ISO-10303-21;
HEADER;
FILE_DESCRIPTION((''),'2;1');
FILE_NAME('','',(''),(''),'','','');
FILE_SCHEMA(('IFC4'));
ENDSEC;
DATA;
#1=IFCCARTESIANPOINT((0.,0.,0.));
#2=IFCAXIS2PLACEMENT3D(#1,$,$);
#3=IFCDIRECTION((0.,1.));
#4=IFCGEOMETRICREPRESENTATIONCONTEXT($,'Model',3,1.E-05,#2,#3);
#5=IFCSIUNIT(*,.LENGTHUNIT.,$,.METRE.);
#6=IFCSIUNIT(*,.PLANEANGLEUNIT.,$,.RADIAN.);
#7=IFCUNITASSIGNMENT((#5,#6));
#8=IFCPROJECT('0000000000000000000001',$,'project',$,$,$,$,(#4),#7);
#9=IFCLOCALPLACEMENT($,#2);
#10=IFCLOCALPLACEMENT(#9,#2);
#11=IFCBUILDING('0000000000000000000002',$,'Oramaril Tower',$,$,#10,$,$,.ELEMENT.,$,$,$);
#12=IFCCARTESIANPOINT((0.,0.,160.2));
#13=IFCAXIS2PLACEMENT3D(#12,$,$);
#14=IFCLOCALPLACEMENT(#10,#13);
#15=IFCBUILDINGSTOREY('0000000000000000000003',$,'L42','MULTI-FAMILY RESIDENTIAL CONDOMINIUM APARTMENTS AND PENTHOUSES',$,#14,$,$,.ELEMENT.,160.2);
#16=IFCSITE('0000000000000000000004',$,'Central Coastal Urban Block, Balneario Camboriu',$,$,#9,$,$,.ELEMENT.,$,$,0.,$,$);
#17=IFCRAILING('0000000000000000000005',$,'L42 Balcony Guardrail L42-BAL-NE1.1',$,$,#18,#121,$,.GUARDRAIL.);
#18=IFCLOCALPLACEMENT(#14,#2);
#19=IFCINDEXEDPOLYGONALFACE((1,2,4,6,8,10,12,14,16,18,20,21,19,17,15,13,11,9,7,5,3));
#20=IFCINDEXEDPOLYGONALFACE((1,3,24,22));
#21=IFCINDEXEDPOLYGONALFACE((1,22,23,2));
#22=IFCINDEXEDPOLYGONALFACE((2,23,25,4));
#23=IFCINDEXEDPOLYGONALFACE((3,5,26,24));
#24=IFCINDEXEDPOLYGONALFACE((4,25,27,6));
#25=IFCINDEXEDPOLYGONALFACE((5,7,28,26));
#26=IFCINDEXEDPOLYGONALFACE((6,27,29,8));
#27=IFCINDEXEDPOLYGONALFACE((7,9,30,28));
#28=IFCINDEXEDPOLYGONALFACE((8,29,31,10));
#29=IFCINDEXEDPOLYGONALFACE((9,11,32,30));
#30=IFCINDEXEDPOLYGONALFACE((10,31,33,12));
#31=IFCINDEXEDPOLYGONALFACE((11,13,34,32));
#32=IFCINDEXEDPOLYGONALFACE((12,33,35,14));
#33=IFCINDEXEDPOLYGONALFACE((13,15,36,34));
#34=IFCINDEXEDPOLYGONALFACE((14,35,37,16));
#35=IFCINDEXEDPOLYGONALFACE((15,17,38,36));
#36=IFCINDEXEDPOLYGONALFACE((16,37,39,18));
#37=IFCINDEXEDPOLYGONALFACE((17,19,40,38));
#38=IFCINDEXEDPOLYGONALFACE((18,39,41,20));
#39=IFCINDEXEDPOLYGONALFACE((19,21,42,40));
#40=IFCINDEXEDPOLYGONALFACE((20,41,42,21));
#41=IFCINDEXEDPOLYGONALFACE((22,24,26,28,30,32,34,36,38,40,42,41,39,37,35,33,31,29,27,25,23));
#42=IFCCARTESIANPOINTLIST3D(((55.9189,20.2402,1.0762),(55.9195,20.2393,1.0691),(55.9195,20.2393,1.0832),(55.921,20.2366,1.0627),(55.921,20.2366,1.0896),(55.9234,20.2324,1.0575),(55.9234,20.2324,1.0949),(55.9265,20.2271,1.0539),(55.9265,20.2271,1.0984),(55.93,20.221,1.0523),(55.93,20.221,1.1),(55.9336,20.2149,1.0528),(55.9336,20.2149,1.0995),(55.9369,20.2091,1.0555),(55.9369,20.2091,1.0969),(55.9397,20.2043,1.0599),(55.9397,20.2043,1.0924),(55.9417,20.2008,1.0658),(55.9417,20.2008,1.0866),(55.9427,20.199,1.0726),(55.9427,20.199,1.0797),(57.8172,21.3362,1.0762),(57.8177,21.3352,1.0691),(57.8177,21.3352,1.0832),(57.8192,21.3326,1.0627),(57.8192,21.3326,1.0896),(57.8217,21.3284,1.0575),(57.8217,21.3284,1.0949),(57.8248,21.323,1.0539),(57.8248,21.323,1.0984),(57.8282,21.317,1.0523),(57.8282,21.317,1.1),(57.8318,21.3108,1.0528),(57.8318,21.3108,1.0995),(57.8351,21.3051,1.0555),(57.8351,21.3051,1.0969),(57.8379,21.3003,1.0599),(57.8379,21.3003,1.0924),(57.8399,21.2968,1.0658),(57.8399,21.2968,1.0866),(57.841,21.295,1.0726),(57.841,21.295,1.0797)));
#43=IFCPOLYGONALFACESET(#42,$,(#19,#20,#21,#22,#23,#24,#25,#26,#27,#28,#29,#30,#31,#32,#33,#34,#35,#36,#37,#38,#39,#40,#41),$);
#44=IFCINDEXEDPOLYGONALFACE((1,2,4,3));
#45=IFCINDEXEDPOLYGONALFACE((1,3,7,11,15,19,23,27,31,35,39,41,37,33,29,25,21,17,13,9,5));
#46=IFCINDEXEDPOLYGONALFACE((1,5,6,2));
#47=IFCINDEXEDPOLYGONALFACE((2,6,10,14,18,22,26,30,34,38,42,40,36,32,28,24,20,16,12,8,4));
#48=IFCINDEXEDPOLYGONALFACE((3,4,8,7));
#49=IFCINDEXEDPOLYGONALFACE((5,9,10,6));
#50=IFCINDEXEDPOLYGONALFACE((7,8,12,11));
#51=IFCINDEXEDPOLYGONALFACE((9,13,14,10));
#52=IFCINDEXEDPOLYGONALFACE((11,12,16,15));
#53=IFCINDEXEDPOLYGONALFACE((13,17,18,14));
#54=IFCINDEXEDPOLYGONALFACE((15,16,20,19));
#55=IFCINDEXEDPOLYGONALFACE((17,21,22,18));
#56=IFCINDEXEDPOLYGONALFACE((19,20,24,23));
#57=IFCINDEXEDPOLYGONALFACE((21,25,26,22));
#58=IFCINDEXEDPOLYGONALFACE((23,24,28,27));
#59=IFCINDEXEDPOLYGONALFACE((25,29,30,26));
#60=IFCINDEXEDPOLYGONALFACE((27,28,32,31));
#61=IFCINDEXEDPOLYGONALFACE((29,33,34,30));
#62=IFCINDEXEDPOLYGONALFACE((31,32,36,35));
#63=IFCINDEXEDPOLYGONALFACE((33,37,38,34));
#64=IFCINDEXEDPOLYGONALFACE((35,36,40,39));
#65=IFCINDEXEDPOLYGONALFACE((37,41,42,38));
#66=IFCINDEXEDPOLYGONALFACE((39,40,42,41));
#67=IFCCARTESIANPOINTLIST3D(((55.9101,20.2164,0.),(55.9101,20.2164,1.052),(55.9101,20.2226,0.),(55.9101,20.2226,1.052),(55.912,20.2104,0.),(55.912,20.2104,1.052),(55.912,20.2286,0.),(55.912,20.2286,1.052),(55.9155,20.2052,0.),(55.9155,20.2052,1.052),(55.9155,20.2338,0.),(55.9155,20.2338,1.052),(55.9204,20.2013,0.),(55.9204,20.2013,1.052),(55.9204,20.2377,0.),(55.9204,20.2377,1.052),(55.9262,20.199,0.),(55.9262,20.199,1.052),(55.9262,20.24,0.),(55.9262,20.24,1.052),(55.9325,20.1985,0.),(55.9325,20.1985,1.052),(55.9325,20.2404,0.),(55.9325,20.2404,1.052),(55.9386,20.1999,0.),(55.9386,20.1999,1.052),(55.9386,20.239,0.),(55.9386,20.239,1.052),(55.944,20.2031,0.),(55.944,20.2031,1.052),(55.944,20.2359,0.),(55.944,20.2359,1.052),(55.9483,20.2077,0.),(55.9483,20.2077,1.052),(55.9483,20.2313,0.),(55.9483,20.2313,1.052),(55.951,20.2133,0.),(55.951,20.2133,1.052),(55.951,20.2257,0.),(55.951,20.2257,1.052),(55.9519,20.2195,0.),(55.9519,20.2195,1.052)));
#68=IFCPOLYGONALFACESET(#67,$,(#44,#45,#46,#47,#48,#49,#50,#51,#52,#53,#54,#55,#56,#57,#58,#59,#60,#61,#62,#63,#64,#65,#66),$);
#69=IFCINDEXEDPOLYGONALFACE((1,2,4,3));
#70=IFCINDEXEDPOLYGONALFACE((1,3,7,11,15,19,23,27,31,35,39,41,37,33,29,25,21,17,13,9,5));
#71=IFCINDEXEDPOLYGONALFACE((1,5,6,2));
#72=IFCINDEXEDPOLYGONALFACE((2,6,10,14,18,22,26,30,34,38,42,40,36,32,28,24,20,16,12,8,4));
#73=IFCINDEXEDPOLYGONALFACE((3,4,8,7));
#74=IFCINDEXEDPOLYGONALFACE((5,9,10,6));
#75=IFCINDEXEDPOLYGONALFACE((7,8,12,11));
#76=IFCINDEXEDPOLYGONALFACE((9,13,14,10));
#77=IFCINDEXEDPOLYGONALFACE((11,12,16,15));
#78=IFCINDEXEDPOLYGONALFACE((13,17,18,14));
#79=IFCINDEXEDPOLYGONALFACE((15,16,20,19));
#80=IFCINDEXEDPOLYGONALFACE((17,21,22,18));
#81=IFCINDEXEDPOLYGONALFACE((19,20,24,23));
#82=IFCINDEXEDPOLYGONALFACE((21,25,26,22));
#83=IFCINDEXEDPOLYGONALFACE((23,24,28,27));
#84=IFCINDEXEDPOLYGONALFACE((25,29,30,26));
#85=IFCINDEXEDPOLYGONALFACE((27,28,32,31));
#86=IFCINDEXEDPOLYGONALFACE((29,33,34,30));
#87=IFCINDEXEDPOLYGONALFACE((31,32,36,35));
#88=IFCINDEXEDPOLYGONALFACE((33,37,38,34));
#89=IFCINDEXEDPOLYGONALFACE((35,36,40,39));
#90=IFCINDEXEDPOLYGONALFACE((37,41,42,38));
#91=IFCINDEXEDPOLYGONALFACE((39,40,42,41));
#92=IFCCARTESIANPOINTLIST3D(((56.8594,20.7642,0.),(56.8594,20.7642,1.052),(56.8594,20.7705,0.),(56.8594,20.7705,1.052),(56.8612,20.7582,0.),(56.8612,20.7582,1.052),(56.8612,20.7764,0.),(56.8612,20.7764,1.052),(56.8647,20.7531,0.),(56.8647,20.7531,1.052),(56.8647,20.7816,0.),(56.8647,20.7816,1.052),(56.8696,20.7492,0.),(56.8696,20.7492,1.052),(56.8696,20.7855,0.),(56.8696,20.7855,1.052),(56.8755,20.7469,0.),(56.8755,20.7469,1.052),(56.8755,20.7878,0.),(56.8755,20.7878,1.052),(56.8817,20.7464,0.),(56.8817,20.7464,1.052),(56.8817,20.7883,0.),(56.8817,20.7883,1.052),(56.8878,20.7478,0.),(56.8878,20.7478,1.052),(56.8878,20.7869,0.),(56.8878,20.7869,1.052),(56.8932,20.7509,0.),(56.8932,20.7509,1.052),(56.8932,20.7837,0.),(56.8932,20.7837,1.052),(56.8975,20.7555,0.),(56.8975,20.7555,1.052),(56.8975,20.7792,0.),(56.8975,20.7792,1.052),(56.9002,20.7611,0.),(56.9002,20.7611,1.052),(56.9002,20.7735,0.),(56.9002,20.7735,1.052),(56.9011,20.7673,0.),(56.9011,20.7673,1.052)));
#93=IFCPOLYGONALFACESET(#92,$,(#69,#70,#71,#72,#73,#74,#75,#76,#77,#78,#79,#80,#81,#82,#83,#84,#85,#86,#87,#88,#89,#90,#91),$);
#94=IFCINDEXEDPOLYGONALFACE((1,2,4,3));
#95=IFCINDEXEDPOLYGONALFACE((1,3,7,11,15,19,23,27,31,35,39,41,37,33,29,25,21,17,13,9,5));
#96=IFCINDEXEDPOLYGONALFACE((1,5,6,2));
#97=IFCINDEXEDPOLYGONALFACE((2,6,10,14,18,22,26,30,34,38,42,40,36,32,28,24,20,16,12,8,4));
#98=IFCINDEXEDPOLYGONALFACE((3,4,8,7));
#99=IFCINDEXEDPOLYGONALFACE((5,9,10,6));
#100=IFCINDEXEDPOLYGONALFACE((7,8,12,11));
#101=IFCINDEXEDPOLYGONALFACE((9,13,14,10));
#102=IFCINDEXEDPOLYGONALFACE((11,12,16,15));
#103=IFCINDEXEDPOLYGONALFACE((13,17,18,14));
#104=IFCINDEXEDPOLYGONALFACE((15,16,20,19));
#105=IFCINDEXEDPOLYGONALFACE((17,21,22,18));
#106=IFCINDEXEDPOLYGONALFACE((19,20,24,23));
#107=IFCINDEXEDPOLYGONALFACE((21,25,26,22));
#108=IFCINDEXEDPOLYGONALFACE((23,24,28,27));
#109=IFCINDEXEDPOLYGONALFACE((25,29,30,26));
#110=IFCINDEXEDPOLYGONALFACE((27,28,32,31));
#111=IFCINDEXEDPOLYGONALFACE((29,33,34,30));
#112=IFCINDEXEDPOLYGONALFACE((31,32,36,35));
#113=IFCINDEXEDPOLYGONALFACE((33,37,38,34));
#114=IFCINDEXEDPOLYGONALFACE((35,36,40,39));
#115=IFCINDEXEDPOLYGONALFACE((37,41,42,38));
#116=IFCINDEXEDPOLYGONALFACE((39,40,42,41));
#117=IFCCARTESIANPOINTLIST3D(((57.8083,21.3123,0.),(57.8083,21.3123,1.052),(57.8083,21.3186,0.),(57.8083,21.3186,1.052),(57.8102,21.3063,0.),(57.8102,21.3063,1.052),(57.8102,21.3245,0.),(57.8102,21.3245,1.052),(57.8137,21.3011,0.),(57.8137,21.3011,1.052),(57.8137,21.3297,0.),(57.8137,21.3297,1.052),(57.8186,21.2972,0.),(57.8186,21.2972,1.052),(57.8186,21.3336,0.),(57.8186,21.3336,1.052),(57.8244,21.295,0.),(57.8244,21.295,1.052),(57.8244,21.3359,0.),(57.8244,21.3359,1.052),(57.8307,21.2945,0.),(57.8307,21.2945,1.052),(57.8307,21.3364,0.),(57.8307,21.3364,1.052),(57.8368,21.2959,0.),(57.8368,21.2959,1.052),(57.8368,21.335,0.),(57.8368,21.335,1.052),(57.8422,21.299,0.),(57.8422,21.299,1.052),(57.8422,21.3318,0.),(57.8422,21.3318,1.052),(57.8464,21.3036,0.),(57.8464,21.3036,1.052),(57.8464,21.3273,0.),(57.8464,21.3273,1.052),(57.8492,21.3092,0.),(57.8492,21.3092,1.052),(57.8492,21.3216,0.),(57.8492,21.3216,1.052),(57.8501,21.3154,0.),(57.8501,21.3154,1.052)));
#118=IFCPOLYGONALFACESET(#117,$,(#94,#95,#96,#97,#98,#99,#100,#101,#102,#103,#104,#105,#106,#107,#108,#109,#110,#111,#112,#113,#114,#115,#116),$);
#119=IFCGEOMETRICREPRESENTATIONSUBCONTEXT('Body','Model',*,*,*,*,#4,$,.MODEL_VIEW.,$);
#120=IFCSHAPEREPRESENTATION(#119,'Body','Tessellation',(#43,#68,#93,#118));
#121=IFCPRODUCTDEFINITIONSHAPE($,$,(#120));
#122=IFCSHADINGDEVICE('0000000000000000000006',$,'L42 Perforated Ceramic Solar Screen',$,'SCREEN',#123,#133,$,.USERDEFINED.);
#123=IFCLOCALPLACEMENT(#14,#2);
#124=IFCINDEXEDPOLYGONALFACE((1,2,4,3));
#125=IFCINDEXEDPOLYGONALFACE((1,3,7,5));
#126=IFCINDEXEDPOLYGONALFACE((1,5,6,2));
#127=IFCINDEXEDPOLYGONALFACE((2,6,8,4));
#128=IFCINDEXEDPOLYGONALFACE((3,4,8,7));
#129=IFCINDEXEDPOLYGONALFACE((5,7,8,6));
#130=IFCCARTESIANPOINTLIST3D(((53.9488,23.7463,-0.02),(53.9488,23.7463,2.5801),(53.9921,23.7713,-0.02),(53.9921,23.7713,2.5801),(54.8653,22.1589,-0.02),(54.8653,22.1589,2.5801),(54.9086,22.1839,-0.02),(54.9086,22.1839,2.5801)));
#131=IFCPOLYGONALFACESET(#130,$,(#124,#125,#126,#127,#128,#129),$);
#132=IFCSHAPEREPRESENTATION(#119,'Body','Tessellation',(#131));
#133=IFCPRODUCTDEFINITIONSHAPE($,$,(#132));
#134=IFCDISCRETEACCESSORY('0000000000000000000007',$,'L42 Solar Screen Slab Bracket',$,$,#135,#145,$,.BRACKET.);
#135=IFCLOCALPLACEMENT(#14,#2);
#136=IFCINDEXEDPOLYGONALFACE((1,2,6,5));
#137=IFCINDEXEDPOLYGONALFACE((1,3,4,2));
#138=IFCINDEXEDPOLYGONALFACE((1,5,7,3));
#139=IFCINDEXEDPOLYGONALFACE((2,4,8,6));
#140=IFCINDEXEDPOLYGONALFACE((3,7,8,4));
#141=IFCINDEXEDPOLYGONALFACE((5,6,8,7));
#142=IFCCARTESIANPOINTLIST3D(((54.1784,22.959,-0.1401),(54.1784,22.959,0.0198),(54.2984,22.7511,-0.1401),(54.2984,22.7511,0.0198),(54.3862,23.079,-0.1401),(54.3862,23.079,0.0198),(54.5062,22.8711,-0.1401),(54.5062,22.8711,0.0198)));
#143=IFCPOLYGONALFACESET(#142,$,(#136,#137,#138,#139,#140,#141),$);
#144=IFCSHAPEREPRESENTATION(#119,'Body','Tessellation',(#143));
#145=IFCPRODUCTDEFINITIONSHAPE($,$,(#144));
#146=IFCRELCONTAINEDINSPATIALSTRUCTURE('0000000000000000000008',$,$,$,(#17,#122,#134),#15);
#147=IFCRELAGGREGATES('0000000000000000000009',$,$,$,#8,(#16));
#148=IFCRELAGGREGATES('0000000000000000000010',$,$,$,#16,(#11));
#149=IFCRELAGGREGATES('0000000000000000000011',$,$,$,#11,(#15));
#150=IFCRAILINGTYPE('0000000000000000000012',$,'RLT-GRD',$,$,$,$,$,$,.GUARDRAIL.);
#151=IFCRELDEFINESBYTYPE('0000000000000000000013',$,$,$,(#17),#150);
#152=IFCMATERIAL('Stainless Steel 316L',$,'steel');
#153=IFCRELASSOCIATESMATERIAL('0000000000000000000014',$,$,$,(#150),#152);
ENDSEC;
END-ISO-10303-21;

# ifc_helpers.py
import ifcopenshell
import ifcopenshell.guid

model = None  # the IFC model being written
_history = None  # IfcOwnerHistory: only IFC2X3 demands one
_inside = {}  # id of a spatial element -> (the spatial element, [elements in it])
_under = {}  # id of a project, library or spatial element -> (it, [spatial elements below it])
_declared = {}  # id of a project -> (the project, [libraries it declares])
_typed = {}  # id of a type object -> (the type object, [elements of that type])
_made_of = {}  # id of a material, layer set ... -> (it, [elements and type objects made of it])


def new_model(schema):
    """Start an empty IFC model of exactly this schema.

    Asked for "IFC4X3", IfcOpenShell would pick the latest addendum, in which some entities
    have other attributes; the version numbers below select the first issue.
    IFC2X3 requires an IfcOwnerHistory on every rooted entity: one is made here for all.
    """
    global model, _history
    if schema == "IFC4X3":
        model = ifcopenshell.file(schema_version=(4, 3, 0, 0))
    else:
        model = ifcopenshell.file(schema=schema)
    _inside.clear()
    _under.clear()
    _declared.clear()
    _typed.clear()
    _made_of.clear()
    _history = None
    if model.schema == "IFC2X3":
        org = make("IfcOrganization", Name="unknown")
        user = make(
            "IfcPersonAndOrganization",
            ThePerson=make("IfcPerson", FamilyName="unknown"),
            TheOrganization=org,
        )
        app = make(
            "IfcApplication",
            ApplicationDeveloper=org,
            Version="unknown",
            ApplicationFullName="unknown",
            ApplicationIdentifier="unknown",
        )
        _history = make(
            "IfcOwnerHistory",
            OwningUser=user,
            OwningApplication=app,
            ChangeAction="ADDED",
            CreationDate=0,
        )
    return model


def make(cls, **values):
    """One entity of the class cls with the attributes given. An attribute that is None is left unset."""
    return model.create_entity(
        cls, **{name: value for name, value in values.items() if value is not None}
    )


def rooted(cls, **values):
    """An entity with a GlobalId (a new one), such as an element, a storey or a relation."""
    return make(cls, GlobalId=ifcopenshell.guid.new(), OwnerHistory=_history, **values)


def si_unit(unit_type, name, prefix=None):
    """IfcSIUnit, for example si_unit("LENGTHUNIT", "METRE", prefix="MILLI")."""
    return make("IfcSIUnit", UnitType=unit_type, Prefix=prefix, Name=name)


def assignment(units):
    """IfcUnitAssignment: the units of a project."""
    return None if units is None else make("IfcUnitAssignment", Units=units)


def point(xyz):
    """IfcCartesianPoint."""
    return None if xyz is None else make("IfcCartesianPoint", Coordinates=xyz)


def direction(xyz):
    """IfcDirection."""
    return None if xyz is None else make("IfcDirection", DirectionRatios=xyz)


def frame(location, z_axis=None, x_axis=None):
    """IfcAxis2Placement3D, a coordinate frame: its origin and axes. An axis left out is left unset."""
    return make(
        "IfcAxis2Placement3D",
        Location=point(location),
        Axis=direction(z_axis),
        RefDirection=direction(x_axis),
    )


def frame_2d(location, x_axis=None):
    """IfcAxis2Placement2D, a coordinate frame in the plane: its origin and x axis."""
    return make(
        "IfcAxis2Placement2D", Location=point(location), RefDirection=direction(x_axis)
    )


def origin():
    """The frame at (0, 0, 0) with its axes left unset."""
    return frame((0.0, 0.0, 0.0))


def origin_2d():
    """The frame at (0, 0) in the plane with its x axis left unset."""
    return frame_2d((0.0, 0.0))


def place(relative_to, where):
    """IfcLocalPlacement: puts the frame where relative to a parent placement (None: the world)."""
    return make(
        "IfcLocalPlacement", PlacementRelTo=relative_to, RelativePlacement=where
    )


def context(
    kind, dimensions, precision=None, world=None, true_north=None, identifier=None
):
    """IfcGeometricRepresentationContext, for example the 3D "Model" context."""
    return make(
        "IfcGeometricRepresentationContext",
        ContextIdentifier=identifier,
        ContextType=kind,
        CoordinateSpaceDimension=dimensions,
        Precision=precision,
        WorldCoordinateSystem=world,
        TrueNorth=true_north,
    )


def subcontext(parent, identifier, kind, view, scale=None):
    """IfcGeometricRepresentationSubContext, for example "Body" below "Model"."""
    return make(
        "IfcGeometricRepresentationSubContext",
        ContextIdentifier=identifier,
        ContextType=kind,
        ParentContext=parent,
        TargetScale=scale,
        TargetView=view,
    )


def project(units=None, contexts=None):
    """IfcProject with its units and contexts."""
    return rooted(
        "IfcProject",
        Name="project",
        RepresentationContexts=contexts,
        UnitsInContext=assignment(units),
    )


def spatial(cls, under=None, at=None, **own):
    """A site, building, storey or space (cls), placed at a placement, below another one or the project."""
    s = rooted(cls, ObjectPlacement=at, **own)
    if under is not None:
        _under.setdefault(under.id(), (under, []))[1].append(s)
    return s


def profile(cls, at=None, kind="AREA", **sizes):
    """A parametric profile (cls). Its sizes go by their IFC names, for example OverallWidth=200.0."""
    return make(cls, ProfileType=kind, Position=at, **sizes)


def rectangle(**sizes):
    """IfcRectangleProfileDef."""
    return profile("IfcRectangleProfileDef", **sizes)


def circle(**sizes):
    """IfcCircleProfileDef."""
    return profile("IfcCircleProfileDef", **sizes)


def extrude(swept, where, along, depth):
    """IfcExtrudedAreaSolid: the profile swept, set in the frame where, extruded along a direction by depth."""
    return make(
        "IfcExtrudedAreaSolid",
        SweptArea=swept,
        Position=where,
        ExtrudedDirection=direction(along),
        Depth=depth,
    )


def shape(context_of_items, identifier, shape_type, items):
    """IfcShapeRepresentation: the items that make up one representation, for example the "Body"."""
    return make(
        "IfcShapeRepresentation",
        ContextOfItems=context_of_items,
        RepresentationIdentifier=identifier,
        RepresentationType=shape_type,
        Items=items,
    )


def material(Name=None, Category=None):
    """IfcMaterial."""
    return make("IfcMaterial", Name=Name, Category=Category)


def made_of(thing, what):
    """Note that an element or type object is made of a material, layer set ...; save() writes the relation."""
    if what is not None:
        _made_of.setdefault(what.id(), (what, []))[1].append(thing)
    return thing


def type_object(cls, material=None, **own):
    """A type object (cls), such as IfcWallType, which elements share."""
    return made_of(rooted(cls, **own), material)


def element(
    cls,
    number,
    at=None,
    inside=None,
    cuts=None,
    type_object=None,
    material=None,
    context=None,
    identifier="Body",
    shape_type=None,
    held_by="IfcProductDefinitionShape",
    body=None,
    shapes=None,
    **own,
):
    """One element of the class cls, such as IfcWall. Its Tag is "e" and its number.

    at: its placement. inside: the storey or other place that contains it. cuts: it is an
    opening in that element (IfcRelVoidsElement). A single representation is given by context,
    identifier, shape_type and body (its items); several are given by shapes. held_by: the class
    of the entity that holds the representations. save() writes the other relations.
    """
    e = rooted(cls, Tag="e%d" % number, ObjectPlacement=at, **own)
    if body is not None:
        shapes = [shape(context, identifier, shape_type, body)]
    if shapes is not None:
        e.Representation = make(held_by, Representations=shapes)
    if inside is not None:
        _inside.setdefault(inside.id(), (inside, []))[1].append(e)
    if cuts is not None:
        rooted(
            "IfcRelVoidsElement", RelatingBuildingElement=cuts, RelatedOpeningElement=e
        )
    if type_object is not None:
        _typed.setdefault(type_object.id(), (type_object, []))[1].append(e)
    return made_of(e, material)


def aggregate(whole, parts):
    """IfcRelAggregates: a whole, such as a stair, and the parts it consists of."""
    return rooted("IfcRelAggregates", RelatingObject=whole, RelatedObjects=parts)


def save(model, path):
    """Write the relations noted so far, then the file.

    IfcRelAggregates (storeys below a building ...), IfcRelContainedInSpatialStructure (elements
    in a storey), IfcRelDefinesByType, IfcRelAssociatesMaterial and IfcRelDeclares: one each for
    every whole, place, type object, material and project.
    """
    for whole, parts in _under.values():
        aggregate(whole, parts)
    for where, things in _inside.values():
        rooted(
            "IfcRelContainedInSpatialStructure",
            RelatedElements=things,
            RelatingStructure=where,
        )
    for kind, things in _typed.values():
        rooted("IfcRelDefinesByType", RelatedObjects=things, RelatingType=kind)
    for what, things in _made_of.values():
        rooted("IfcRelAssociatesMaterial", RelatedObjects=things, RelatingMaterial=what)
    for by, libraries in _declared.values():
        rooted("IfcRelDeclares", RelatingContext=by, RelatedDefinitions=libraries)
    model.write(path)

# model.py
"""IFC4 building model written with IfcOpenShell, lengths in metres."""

from ifc_helpers import new_model, si_unit, direction, frame, origin, origin_2d, place, context, subcontext, project, spatial, rectangle, circle, extrude, material, type_object, element, save


model = new_model("IFC4")

# Units and contexts
model_context = context("Model", 3, precision=1e-05, world=origin(), true_north=direction((0.0, 1.0)))
body_context = subcontext(model_context, "Body", "Model", "MODEL_VIEW")
ifc_project = project(units=[si_unit("LENGTHUNIT", "METRE"), si_unit("PLANEANGLEUNIT", "RADIAN")], contexts=[model_context])

# Site, building, storey
site_placement = place(None, origin())
site = spatial("IfcSite", under=ifc_project, at=site_placement, Name="Central Coastal Urban Block, Balneario Camboriu", CompositionType="ELEMENT", RefElevation=0.0)
building_placement = place(site_placement, origin())
building = spatial("IfcBuilding", under=site, at=building_placement, Name="Oramaril Tower", CompositionType="ELEMENT")
storey_placement = place(building_placement, frame((0.0, 0.0, 160.2)))
storey = spatial("IfcBuildingStorey", under=building, at=storey_placement, Name="L42", Description="MULTI-FAMILY RESIDENTIAL CONDOMINIUM APARTMENTS AND PENTHOUSES", CompositionType="ELEMENT", Elevation=160.2)

# Railing
ifc_material_1 = material(Name="Stainless Steel 316L", Category="steel")
railing_type = type_object("IfcRailingType", Name="RLT-GRD", PredefinedType="GUARDRAIL", material=ifc_material_1)
railing_1_placement = place(storey_placement, frame((55.9309, 20.2195, 0.0)))
element("IfcRailing", 1, at=railing_1_placement, inside=storey, type_object=railing_type, Name="L42 Balcony Guardrail L42-BAL-NE1.1", PredefinedType="GUARDRAIL", context=body_context, shape_type="SweptSolid", body=[
    extrude(circle(Radius=0.0239, at=origin_2d()), frame((0.0, 0.0, 1.0762), z_axis=(0.866021, 0.500008, 0.0), x_axis=(-0.500008, 0.866021, 0.0)), (0.0, 0.0, 1.0), 2.1919),
    extrude(circle(Radius=0.021, at=origin_2d()), origin(), (0.0, 0.0, 1.0), 1.052),
    extrude(circle(Radius=0.021, at=origin_2d()), frame((0.9492, 0.5479, 0.0)), (0.0, 0.0, 1.0), 1.052),
    extrude(circle(Radius=0.021, at=origin_2d()), frame((1.8982, 1.0959, 0.0)), (0.0, 0.0, 1.0), 1.052),
])

# Shading device
shading_device_placement = place(storey_placement, frame((54.4287, 22.9651, -0.02), z_axis=(0.0, 0.0, 1.0), x_axis=(-0.5, 0.866025, 0.0)))
element("IfcShadingDevice", 2, at=shading_device_placement, inside=storey, Name="L42 Perforated Ceramic Solar Screen", ObjectType="SCREEN", PredefinedType="USERDEFINED", context=body_context, shape_type="SweptSolid", body=[
    extrude(rectangle(XDim=1.833, YDim=0.05, at=origin_2d()), origin(), (0.0, 0.0, 1.0), 2.6001),
])

# Discrete accessory
discrete_accessory_placement = place(storey_placement, frame((54.3423, 22.915, -0.1401), z_axis=(0.0, 0.0, 1.0), x_axis=(-0.5, 0.866025, 0.0)))
element("IfcDiscreteAccessory", 3, at=discrete_accessory_placement, inside=storey, Name="L42 Solar Screen Slab Bracket", PredefinedType="BRACKET", context=body_context, shape_type="SweptSolid", body=[
    extrude(rectangle(XDim=0.24, YDim=0.24, at=origin_2d()), origin(), (0.0, 0.0, 1.0), 0.1599),
])

save(model, "model.ifc")
